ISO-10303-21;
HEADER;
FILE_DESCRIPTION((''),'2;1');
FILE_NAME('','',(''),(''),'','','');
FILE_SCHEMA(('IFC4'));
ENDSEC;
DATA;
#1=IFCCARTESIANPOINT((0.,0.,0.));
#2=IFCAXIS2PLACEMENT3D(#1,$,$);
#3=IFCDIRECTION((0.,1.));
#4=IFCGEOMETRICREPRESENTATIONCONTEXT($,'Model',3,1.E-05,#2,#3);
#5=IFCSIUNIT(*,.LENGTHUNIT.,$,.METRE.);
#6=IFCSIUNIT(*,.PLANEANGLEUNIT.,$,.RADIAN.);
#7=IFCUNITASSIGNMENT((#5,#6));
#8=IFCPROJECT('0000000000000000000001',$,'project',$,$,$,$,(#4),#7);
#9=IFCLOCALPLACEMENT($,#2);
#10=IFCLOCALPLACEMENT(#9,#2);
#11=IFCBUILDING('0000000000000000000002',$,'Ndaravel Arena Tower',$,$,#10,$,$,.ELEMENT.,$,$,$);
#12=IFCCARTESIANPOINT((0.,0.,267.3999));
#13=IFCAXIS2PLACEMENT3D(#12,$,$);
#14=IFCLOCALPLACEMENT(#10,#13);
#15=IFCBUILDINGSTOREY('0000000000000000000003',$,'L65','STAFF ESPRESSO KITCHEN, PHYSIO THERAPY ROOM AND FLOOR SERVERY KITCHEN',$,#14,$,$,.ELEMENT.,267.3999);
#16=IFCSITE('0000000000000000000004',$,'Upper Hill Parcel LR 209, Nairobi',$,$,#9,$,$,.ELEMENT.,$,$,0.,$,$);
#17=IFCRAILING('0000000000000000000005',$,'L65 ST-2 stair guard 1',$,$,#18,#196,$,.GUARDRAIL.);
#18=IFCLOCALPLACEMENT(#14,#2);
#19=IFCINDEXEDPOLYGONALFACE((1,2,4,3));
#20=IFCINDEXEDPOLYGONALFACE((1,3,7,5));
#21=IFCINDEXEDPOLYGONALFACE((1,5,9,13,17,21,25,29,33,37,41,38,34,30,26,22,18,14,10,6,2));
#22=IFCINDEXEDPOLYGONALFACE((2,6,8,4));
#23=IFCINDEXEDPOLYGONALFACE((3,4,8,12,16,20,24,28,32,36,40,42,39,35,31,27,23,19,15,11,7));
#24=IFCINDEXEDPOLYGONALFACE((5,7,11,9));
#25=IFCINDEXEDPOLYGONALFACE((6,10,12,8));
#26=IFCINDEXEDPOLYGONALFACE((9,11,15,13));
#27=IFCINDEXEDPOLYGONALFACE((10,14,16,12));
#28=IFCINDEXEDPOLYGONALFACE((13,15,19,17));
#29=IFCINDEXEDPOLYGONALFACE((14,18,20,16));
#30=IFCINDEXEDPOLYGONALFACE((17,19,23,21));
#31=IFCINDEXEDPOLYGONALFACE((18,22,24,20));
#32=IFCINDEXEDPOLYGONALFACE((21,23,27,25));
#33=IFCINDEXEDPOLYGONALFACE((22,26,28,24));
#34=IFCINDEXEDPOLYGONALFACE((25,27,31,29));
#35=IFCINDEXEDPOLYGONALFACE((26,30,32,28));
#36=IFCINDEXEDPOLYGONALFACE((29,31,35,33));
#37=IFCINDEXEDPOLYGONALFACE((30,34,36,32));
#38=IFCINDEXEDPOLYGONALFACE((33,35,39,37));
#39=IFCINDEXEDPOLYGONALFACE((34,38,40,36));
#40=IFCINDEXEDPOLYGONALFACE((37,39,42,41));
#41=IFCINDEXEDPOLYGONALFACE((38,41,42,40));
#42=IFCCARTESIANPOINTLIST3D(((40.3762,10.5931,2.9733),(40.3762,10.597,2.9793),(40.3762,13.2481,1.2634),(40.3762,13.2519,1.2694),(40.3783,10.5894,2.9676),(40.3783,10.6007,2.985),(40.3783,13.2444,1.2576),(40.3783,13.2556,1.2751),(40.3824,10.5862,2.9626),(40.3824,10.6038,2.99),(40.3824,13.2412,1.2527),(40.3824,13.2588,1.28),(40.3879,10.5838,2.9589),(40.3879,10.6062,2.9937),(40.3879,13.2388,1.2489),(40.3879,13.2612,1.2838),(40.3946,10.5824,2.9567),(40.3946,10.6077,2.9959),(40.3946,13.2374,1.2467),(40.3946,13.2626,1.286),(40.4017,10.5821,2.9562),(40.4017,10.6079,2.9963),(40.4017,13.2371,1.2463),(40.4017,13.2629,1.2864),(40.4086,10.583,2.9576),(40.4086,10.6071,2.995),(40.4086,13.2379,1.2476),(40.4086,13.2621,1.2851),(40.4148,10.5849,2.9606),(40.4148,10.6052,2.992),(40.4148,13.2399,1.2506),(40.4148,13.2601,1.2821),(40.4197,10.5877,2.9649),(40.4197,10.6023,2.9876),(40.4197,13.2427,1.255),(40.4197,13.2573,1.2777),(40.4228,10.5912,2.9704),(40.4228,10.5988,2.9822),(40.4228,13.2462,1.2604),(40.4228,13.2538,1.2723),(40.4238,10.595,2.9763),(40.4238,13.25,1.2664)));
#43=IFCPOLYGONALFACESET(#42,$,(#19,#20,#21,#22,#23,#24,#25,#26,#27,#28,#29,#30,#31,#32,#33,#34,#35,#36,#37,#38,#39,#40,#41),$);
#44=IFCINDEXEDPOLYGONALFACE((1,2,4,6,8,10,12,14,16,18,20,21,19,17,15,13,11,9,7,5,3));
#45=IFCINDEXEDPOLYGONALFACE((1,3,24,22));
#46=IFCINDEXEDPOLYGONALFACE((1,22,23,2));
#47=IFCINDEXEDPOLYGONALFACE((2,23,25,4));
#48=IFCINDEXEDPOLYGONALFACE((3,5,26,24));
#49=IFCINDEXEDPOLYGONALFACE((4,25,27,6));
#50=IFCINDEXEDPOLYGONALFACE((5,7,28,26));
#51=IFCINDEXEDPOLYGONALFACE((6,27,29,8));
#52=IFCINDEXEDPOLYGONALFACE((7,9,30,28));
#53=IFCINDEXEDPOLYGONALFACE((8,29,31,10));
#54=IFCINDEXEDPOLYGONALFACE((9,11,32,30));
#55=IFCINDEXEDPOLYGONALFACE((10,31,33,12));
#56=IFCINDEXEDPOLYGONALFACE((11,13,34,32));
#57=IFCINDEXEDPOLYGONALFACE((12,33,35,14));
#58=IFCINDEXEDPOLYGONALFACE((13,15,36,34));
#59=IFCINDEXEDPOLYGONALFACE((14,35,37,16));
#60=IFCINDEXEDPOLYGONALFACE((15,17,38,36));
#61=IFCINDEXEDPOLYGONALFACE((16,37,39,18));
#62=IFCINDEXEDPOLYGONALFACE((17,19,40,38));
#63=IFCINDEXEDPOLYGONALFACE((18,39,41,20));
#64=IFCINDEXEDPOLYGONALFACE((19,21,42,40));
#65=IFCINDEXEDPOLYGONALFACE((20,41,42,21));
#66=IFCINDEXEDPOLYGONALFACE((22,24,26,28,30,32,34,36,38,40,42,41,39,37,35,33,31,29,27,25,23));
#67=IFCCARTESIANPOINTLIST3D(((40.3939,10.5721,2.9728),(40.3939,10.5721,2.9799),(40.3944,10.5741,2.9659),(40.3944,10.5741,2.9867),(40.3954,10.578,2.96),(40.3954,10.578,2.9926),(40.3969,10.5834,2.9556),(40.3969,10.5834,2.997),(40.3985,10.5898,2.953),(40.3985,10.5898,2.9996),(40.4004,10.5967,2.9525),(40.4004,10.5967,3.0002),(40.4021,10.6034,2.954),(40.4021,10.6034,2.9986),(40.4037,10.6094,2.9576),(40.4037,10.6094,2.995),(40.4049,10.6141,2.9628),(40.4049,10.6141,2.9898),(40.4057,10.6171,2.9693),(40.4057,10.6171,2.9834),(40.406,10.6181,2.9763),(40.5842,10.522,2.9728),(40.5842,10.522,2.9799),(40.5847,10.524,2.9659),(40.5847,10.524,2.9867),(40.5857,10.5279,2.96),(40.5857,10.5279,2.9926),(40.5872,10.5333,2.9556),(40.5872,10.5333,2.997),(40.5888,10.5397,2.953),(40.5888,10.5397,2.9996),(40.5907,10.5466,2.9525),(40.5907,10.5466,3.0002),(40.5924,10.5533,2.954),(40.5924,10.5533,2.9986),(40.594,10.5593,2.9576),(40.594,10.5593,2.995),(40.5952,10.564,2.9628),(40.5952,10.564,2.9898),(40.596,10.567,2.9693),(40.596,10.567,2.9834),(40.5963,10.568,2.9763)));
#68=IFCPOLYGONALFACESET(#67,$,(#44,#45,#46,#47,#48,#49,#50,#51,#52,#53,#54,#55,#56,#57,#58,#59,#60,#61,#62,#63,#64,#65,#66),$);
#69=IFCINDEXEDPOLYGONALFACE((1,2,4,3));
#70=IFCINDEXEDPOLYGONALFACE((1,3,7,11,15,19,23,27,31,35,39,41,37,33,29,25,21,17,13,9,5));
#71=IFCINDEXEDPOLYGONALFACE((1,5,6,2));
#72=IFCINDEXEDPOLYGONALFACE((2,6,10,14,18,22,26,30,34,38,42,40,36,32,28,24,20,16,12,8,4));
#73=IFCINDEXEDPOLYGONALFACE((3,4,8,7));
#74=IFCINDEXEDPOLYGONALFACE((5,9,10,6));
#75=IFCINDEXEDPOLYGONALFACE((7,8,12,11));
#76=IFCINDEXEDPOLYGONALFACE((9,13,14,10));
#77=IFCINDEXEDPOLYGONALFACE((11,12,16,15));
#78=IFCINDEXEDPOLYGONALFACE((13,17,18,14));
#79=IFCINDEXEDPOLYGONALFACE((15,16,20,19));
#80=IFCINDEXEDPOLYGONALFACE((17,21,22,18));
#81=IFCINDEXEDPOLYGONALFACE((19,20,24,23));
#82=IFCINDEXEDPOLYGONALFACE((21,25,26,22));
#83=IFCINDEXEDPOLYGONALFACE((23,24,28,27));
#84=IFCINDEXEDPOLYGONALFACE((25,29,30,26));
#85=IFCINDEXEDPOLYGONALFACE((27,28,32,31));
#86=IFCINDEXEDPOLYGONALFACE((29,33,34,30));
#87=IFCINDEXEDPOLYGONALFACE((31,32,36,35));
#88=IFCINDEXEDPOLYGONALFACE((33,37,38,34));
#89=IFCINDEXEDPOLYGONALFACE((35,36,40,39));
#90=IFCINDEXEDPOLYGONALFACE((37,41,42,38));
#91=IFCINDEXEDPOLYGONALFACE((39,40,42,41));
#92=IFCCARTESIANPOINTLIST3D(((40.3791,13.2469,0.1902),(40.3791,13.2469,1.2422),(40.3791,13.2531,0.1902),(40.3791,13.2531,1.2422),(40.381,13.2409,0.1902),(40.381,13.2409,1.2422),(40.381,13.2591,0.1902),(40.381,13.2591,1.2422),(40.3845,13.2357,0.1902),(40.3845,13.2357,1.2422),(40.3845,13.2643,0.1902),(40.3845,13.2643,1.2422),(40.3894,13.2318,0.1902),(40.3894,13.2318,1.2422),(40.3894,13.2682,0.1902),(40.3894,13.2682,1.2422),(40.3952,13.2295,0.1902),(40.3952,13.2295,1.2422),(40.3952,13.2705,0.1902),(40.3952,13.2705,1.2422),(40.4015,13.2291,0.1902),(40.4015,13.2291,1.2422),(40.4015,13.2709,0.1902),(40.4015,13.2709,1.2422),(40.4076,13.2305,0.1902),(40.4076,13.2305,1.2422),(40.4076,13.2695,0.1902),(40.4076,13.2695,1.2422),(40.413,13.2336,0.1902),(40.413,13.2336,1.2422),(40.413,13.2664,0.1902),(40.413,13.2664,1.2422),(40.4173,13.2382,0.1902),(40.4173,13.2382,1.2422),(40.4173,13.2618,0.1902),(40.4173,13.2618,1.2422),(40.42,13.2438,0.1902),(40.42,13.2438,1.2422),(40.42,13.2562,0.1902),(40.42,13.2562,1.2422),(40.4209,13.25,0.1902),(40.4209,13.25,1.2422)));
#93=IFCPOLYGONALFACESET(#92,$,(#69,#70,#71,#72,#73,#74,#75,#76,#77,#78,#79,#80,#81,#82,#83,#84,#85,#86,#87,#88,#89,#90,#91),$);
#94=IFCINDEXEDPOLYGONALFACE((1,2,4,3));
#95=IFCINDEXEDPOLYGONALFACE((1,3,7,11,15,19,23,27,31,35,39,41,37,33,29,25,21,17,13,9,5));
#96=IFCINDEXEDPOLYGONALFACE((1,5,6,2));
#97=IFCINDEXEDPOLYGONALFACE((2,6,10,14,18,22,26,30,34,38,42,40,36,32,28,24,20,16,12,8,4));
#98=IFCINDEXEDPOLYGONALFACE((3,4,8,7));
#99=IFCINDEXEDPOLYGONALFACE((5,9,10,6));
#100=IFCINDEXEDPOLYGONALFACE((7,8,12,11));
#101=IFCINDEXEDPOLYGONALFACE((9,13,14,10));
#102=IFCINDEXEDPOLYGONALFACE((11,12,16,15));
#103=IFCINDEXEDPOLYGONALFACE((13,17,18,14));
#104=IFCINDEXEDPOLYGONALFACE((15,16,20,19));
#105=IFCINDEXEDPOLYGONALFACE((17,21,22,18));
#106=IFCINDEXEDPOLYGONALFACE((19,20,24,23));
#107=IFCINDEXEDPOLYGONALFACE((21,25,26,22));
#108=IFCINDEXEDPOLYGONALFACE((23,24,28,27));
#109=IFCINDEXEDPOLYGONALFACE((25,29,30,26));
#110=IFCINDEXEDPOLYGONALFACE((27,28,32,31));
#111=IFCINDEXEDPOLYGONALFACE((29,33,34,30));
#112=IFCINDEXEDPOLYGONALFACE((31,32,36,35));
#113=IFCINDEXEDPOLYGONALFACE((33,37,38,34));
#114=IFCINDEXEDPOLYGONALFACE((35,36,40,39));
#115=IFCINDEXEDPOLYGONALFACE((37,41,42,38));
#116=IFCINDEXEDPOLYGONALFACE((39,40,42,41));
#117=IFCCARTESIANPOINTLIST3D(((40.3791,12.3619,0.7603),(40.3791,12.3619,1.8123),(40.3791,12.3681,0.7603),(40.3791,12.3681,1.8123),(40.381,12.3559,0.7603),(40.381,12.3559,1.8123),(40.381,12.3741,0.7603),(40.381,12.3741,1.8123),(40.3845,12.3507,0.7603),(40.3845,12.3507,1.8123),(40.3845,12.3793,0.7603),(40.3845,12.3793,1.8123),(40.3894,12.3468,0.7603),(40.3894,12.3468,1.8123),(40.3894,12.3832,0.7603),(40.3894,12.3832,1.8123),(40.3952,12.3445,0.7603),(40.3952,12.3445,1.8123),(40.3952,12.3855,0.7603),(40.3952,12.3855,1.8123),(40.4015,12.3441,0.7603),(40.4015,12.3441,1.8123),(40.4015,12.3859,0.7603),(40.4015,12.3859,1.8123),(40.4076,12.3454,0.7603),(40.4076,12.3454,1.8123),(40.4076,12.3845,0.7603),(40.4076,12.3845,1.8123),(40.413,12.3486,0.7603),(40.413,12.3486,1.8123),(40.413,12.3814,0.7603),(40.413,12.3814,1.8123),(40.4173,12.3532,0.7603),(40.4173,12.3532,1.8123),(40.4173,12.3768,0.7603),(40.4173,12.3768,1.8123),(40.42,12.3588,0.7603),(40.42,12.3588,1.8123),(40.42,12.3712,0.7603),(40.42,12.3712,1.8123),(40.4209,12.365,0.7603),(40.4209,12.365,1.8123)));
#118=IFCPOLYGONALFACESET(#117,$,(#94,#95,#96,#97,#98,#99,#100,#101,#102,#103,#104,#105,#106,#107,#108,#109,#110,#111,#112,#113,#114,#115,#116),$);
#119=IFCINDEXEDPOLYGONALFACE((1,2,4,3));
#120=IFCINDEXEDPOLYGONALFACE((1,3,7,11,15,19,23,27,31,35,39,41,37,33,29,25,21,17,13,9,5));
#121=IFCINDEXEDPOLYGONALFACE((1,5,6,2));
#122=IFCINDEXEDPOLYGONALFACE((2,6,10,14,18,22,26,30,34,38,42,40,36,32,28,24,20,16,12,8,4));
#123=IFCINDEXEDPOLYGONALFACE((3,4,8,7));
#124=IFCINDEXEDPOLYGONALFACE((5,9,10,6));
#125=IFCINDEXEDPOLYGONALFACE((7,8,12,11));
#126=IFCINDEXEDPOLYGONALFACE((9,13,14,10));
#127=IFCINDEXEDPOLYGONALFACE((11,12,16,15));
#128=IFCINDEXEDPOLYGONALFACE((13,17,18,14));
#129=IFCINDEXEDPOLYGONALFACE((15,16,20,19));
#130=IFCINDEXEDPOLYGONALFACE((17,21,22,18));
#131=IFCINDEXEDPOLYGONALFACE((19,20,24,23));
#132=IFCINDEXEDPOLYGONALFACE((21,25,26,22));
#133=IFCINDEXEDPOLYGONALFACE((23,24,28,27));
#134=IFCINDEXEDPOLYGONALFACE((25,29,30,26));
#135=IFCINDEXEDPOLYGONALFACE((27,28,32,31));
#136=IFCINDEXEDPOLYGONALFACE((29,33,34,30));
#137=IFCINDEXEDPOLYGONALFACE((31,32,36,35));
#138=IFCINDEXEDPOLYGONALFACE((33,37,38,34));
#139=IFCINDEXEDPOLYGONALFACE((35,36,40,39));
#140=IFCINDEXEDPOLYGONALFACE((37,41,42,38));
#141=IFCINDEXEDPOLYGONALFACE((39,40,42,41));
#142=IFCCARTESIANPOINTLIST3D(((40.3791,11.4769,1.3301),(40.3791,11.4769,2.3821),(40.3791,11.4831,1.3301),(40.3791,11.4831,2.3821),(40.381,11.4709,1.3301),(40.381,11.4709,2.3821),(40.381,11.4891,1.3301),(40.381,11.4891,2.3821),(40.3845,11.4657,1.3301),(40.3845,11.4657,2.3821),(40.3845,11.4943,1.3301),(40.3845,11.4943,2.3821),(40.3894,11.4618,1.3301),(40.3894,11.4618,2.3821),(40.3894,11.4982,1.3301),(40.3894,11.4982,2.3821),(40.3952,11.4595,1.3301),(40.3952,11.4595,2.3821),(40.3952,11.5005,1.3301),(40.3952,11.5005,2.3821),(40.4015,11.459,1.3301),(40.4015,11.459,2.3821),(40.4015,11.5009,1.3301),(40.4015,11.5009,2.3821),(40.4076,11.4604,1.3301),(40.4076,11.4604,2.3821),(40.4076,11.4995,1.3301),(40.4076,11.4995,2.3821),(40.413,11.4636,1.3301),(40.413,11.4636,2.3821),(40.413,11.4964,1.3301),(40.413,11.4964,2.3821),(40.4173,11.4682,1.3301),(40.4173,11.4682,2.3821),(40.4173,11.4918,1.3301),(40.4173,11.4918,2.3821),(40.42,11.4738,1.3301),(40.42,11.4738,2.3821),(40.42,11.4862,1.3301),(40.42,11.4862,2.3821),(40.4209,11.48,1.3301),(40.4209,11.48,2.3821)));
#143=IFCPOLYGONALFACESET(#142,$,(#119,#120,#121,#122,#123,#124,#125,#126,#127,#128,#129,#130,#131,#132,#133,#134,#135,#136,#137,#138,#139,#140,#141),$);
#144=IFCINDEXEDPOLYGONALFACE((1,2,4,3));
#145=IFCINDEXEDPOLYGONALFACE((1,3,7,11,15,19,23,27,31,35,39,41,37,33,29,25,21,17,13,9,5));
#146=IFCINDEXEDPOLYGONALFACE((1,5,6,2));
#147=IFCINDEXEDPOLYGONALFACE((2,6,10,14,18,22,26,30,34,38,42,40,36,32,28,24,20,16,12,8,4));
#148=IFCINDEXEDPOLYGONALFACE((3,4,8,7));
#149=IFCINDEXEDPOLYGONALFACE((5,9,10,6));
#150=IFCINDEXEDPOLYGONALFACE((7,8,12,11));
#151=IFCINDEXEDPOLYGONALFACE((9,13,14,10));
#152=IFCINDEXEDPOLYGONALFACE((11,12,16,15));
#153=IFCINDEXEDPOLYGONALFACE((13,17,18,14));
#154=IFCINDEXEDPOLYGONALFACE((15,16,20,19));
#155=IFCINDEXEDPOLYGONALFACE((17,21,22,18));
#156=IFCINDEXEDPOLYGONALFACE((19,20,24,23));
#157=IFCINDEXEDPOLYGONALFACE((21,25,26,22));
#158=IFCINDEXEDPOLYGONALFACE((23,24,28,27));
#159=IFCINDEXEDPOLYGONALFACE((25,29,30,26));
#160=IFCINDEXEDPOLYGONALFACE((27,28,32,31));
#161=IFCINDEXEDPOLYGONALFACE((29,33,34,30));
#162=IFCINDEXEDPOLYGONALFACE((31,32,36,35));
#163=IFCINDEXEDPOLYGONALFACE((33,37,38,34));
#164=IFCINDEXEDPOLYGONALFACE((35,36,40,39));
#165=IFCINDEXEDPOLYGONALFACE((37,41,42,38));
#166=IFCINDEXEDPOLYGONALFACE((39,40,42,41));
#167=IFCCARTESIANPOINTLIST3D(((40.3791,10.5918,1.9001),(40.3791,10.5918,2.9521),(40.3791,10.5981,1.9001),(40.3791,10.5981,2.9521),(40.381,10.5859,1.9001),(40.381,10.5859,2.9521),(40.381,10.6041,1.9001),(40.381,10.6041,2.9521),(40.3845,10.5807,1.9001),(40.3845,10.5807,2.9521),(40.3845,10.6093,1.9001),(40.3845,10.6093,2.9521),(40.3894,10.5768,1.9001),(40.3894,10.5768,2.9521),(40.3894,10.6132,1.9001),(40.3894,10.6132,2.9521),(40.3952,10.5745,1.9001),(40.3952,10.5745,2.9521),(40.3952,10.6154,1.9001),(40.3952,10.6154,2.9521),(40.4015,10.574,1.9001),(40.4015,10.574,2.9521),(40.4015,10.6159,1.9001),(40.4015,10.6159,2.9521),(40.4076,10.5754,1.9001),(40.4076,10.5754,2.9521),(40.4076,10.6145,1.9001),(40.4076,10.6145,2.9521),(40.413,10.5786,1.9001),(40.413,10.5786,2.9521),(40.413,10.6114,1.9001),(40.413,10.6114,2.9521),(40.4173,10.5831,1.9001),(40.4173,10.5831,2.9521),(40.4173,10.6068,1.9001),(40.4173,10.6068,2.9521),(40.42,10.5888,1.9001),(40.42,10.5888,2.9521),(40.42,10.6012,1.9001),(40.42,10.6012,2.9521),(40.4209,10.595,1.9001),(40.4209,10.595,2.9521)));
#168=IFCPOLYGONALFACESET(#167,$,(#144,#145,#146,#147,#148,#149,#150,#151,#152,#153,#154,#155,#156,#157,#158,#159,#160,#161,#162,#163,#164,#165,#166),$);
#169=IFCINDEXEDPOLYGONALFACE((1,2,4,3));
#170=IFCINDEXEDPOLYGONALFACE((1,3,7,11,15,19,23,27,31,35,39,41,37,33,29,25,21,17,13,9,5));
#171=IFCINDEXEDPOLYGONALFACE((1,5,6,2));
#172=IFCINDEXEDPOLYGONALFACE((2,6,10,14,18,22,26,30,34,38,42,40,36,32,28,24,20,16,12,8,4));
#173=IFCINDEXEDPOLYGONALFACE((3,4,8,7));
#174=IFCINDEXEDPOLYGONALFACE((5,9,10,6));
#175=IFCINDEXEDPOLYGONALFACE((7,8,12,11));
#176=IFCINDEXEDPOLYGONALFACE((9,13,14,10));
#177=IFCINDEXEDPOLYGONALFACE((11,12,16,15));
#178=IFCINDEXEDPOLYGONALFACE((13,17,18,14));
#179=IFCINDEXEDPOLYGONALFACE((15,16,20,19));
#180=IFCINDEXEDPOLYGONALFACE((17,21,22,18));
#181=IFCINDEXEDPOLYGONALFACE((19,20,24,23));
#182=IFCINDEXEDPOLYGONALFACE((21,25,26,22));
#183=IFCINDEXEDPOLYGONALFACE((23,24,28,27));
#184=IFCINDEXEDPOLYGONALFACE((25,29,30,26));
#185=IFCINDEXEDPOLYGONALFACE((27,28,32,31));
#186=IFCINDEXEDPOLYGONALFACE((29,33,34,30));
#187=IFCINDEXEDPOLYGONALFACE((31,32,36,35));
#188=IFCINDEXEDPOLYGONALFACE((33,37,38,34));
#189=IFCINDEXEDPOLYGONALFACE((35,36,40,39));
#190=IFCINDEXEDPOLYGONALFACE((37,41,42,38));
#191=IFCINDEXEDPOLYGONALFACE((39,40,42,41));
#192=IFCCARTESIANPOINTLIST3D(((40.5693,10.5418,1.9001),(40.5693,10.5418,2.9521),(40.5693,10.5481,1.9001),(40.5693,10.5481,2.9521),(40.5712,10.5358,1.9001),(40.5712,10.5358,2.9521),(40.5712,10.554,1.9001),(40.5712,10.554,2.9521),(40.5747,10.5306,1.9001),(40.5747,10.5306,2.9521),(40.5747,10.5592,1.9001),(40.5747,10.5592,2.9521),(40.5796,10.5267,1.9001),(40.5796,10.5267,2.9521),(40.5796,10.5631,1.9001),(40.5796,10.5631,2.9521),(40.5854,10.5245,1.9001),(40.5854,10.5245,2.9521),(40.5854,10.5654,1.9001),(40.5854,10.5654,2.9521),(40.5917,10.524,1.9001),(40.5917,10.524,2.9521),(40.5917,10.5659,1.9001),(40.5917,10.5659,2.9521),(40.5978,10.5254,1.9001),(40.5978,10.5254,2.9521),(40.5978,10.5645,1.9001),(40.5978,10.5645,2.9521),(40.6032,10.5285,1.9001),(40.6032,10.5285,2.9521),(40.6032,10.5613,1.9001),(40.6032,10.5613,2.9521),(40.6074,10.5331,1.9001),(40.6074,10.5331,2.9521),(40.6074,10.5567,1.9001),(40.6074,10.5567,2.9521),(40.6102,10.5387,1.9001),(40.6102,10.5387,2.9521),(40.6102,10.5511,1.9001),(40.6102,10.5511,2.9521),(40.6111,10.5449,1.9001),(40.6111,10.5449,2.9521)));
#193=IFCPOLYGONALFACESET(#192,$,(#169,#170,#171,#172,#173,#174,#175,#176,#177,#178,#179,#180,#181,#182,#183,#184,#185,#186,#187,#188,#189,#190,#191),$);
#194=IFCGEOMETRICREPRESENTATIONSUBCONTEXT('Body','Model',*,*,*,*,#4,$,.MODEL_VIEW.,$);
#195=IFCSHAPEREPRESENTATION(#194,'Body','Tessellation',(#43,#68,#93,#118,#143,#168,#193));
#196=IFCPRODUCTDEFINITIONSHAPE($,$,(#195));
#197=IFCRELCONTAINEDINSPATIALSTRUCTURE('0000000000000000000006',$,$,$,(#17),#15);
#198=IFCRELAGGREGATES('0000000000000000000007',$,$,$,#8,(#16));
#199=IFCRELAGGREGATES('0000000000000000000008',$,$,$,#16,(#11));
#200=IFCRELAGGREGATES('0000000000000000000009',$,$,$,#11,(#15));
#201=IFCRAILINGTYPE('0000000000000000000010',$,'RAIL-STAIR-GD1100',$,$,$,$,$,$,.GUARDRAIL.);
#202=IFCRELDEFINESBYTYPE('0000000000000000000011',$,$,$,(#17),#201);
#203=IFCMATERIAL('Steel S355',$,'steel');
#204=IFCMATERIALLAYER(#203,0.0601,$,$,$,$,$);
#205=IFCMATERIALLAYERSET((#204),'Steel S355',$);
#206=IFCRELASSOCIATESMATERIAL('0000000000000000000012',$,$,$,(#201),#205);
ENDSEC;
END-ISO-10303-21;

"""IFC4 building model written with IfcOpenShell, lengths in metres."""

from ifc_helpers import new_model, si_unit, direction, frame, origin, origin_2d, place, context, subcontext, project, spatial, circle, extrude, material, layer, layer_set, type_object, element, save


model = new_model("IFC4")

# Units and contexts
model_context = context("Model", 3, precision=1e-05, world=origin(), true_north=direction((0.0, 1.0)))
body_context = subcontext(model_context, "Body", "Model", "MODEL_VIEW")
ifc_project = project(units=[si_unit("LENGTHUNIT", "METRE"), si_unit("PLANEANGLEUNIT", "RADIAN")], contexts=[model_context])

# Site, building, storey
site_placement = place(None, origin())
site = spatial("IfcSite", under=ifc_project, at=site_placement, Name="Upper Hill Parcel LR 209, Nairobi", CompositionType="ELEMENT", RefElevation=0.0)
building_placement = place(site_placement, origin())
building = spatial("IfcBuilding", under=site, at=building_placement, Name="Ndaravel Arena Tower", CompositionType="ELEMENT")
storey_placement = place(building_placement, frame((0.0, 0.0, 267.3999)))
storey = spatial("IfcBuildingStorey", under=building, at=storey_placement, Name="L65", Description="STAFF ESPRESSO KITCHEN, PHYSIO THERAPY ROOM AND FLOOR SERVERY KITCHEN", CompositionType="ELEMENT", Elevation=267.3999)

# Railing
ifc_material_1 = material(Name="Steel S355", Category="steel")
ifc_layer_1 = layer(ifc_material_1, 0.0601)
ifc_layer_set_1 = layer_set([ifc_layer_1], Name="Steel S355")
railing_type_1 = type_object("IfcRailingType", Name="RAIL-STAIR-GD1100", PredefinedType="GUARDRAIL", material=ifc_layer_set_1)
railing_1_placement = place(storey_placement, frame((40.3999, 13.25, 0.1902)))
element("IfcRailing", 1, at=railing_1_placement, inside=storey, type_object=railing_type_1, Name="L65 ST-2 stair guard 1", PredefinedType="GUARDRAIL", context=body_context, shape_type="SweptSolid", body=[
    extrude(circle(Radius=0.0239, at=origin_2d()), frame((0.0, 0.0, 1.0762), z_axis=(0.0, -0.840724, 0.541465), x_axis=(1.0, 0.0, 0.0)), (0.0, 0.0, 1.0), 3.158),
    extrude(circle(Radius=0.0239, at=origin_2d()), frame((0.0, -2.655, 2.7861), z_axis=(0.967075, -0.254493, 0.0), x_axis=(0.254493, 0.967075, 0.0)), (0.0, 0.0, 1.0), 0.1968),
    extrude(circle(Radius=0.021, at=origin_2d()), origin(), (0.0, 0.0, 1.0), 1.052),
    extrude(circle(Radius=0.021, at=origin_2d()), frame((0.0, -0.885, 0.5701)), (0.0, 0.0, 1.0), 1.052),
    extrude(circle(Radius=0.021, at=origin_2d()), frame((0.0, -1.77, 1.1399)), (0.0, 0.0, 1.0), 1.052),
    extrude(circle(Radius=0.021, at=origin_2d()), frame((0.0, -2.655, 1.71)), (0.0, 0.0, 1.0), 1.052),
    extrude(circle(Radius=0.021, at=origin_2d()), frame((0.1902, -2.7051, 1.71)), (0.0, 0.0, 1.0), 1.052),
])

save(model, "model.ifc")
